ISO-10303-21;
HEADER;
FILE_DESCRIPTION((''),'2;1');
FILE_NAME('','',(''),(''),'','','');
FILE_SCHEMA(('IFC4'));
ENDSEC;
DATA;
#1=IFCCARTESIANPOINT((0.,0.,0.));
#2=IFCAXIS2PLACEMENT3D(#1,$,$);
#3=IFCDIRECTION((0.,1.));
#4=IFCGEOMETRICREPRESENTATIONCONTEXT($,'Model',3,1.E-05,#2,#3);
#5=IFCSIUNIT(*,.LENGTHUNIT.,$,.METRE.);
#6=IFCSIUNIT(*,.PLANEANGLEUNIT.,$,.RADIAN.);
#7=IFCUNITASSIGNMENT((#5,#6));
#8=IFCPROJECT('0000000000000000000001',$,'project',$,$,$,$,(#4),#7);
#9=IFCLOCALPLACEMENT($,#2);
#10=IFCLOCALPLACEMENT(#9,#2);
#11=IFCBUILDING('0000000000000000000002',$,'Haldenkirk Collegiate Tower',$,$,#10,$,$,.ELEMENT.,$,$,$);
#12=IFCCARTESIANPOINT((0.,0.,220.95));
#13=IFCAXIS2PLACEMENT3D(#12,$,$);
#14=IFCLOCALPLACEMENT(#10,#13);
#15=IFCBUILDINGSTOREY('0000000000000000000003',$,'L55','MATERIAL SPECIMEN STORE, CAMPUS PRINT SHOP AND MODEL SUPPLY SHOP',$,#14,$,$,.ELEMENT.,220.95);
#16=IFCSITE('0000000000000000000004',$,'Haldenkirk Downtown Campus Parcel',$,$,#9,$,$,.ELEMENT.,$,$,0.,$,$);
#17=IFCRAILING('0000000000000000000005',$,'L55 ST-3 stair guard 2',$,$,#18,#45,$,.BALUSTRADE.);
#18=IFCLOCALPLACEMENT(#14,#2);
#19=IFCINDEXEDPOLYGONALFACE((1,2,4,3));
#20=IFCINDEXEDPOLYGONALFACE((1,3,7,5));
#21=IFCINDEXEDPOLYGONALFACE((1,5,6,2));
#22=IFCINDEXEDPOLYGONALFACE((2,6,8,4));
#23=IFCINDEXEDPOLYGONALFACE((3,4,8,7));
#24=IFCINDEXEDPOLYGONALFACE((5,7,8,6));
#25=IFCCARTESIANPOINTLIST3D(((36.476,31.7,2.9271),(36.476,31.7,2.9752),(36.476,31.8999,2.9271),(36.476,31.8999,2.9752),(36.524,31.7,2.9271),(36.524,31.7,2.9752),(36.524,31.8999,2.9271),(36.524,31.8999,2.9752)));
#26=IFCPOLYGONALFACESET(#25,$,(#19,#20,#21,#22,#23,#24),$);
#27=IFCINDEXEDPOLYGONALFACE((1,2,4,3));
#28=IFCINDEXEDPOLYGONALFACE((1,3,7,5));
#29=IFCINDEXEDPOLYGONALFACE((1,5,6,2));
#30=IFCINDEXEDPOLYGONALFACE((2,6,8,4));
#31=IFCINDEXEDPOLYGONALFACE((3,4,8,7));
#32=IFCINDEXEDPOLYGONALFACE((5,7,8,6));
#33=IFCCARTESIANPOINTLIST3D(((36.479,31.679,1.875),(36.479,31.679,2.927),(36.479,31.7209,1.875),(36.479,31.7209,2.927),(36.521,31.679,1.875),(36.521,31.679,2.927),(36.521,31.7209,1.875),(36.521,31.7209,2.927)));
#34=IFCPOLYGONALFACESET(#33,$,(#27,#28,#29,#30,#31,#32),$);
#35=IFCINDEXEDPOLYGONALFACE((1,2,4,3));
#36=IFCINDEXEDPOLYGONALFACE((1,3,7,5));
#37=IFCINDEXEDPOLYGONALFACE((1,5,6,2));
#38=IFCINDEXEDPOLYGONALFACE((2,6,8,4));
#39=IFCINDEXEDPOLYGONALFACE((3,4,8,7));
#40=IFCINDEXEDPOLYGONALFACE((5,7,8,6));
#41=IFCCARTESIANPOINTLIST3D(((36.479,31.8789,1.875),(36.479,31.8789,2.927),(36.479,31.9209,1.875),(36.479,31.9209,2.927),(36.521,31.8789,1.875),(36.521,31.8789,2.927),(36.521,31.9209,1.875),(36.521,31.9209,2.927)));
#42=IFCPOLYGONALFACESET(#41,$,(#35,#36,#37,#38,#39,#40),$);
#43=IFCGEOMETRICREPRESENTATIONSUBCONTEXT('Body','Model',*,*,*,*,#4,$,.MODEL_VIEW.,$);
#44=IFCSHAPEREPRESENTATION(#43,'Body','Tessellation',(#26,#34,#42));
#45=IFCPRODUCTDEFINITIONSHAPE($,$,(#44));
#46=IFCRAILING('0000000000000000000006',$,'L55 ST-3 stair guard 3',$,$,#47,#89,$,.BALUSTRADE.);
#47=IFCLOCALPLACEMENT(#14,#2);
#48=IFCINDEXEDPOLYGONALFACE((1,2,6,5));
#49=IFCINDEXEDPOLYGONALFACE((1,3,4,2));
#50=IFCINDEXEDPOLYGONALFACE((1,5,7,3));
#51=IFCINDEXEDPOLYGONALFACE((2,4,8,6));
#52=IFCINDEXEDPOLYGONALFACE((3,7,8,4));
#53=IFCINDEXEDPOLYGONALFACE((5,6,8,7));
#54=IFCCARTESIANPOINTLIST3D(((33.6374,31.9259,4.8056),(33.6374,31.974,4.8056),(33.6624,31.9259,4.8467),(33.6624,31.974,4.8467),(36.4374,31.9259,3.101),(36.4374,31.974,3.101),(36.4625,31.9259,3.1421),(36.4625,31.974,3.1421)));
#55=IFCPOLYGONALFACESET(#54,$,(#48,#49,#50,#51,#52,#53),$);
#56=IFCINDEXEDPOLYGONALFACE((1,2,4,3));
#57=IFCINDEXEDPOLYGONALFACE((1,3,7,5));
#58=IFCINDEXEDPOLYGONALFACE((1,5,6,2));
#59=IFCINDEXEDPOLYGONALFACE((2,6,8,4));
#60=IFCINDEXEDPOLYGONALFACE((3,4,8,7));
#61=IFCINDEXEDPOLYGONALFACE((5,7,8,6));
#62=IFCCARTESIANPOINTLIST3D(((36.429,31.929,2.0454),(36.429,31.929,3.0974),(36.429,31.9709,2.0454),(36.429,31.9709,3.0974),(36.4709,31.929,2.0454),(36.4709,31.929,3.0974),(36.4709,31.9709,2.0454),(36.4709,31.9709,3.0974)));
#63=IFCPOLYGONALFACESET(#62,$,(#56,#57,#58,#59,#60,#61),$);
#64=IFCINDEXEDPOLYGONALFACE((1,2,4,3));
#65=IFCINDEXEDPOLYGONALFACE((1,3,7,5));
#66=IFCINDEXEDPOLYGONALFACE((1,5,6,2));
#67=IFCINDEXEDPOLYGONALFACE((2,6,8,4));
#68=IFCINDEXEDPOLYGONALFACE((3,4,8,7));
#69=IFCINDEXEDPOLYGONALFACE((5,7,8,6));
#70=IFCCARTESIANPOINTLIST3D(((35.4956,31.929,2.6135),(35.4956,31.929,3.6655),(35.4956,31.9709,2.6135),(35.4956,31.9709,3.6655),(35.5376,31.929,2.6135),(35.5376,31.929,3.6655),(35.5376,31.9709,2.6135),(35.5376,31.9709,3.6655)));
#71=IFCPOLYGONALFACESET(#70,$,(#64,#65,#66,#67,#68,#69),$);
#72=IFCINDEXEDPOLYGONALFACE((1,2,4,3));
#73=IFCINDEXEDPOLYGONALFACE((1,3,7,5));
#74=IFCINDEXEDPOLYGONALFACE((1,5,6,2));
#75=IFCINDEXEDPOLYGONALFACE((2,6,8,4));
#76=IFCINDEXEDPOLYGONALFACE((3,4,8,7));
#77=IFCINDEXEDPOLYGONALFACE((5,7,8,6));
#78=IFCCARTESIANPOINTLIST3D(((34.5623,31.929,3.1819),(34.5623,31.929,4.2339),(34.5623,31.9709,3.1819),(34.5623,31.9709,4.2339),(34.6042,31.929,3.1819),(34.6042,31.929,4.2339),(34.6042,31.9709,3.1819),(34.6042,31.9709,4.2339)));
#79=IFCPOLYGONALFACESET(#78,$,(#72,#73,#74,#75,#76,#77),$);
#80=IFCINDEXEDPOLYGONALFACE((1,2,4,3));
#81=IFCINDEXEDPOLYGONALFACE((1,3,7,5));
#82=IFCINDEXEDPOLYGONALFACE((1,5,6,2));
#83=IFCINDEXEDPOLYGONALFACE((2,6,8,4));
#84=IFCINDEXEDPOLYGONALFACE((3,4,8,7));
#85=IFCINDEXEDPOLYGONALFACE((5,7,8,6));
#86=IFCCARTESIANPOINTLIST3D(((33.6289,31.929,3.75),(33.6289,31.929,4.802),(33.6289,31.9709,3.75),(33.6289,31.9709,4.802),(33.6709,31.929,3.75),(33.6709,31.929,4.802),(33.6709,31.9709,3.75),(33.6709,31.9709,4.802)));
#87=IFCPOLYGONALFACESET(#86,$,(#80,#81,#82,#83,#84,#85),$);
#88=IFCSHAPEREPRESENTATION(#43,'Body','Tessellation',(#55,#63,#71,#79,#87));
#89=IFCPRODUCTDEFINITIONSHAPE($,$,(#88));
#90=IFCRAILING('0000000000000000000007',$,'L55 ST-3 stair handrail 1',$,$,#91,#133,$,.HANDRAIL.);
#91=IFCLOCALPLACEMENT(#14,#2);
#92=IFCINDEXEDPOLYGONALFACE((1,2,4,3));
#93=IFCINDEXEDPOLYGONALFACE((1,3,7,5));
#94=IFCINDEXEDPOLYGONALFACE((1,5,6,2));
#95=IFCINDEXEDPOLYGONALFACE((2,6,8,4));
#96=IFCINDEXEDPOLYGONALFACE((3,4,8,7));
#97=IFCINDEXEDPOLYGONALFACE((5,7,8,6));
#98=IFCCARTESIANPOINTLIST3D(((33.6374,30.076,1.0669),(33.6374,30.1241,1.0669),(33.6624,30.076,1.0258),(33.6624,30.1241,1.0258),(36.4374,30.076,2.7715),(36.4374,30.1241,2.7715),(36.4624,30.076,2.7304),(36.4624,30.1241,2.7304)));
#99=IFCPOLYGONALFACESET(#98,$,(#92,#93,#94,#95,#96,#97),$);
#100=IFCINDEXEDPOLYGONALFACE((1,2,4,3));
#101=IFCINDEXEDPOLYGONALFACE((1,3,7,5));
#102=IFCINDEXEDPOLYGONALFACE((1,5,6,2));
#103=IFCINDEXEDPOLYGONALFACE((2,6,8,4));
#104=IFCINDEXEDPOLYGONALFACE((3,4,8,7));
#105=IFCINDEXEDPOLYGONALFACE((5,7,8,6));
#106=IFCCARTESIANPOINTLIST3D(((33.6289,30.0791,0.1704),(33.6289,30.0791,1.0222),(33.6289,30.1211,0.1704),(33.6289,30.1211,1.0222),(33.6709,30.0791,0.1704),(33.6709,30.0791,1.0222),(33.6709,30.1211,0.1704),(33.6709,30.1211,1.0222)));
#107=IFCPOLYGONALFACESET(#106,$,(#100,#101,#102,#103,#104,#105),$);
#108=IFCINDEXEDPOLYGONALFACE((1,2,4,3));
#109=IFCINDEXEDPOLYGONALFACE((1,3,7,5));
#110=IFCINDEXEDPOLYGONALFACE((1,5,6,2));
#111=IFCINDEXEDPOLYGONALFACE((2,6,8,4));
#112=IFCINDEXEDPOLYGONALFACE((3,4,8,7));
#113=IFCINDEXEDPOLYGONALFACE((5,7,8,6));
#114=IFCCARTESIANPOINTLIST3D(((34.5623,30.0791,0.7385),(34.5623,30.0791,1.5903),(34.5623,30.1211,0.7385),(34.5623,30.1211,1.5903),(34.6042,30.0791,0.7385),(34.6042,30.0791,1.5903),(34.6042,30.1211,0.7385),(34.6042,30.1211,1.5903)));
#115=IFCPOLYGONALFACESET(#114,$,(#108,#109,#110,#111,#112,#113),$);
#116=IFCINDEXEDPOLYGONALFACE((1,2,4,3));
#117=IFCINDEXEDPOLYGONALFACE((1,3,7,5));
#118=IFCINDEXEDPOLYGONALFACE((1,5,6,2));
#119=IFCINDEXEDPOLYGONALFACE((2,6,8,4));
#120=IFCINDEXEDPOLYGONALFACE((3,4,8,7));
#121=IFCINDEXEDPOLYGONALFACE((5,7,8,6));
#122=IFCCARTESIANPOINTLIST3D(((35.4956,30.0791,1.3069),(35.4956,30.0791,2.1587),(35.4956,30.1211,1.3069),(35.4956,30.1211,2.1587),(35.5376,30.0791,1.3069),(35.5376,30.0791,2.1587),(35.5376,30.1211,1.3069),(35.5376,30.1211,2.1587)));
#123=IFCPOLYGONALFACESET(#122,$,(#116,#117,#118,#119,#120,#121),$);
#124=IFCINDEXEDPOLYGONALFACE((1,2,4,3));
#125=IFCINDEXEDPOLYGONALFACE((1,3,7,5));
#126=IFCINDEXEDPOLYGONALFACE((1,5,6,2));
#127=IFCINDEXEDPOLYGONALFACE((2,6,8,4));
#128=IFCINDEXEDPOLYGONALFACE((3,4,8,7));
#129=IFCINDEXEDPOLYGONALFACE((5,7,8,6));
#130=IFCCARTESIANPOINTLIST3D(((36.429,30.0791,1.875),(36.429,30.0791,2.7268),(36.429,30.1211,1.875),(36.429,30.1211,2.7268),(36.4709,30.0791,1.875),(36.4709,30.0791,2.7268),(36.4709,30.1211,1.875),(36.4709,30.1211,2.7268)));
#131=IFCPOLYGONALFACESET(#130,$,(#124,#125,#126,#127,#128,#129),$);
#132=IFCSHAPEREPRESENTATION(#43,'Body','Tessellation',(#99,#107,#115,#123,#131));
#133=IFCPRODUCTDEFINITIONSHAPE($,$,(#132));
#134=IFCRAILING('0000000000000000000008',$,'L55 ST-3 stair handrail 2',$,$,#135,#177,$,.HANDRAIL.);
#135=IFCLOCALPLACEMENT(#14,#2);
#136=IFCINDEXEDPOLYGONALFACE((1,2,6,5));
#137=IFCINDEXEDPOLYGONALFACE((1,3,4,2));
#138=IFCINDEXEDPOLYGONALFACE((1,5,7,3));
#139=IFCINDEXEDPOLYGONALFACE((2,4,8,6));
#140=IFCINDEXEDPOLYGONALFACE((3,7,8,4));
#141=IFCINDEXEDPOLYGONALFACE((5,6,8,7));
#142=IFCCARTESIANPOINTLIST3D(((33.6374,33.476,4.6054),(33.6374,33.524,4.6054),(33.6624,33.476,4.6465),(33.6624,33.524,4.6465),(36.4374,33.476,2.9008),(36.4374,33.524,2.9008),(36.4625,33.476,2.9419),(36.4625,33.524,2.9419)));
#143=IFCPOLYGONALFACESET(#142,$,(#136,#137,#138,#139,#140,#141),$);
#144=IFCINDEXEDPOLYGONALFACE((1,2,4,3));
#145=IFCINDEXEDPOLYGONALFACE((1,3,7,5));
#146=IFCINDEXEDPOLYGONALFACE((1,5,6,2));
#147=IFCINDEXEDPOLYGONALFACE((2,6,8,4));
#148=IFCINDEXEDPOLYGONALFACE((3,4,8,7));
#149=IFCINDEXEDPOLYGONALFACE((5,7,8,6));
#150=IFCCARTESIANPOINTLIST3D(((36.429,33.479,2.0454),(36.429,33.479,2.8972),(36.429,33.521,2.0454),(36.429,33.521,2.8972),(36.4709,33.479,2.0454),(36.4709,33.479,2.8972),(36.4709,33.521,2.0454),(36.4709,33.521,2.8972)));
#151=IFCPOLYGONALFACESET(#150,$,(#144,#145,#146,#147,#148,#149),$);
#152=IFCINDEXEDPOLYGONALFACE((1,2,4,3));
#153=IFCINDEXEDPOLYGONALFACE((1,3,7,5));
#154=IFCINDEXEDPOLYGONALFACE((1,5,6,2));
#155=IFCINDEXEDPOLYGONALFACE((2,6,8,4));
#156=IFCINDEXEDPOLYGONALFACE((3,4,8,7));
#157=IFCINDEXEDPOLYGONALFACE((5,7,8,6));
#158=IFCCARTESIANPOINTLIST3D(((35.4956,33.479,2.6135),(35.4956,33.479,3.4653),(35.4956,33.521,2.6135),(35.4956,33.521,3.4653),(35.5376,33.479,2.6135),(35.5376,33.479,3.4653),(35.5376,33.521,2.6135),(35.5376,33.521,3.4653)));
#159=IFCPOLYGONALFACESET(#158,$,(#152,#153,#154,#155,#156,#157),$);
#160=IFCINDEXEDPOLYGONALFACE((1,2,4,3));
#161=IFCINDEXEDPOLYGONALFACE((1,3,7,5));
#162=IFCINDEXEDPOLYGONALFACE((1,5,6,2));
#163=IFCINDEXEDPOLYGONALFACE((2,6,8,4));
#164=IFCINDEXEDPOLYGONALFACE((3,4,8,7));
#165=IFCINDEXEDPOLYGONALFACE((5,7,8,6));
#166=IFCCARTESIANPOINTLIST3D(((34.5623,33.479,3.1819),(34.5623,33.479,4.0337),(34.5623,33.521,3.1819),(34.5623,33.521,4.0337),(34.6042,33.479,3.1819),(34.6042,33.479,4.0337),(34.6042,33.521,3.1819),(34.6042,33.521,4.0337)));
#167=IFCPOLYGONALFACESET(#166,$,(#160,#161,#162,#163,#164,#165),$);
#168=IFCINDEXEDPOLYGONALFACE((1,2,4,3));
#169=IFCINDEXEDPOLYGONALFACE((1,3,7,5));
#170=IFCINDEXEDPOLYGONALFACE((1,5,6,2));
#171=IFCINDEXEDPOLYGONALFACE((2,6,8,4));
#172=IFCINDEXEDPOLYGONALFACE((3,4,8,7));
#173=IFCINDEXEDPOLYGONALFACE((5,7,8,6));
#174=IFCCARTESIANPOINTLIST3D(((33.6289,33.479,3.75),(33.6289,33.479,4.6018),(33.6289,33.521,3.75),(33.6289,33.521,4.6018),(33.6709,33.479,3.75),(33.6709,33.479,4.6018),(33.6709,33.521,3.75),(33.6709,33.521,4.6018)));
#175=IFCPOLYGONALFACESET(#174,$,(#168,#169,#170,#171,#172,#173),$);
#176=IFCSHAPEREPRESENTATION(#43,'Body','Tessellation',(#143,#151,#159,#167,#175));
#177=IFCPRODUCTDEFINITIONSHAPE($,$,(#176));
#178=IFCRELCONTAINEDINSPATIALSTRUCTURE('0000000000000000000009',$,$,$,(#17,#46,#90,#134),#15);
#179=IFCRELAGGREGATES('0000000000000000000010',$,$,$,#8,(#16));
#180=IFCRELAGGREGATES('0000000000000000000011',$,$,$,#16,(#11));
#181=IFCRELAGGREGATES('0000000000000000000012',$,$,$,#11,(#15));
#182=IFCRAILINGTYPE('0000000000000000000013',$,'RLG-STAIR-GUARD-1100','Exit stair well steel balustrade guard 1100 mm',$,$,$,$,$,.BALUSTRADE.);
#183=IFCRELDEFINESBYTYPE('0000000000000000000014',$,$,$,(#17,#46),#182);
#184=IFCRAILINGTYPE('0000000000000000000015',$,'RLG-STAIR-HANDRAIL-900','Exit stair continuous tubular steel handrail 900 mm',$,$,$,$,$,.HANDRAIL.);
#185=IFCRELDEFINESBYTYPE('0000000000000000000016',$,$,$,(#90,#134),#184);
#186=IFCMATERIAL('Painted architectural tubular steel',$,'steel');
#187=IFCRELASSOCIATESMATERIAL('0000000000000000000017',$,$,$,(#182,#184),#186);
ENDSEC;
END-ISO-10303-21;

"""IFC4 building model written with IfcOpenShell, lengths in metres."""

from ifc_helpers import new_model, si_unit, direction, frame, origin, origin_2d, place, context, subcontext, project, spatial, rectangle, extrude, material, type_object, element, save


model = new_model("IFC4")

# Units and contexts
model_context = context("Model", 3, precision=1e-05, world=origin(), true_north=direction((0.0, 1.0)))
body_context = subcontext(model_context, "Body", "Model", "MODEL_VIEW")
ifc_project = project(units=[si_unit("LENGTHUNIT", "METRE"), si_unit("PLANEANGLEUNIT", "RADIAN")], contexts=[model_context])

# Site, building, storey
site_placement = place(None, origin())
site = spatial("IfcSite", under=ifc_project, at=site_placement, Name="Haldenkirk Downtown Campus Parcel", CompositionType="ELEMENT", RefElevation=0.0)
building_placement = place(site_placement, origin())
building = spatial("IfcBuilding", under=site, at=building_placement, Name="Haldenkirk Collegiate Tower", CompositionType="ELEMENT")
storey_placement = place(building_placement, frame((0.0, 0.0, 220.95)))
storey = spatial("IfcBuildingStorey", under=building, at=storey_placement, Name="L55", Description="MATERIAL SPECIMEN STORE, CAMPUS PRINT SHOP AND MODEL SUPPLY SHOP", CompositionType="ELEMENT", Elevation=220.95)

# Railings
ifc_material_1 = material(Name="Painted architectural tubular steel", Category="steel")
railing_type_1 = type_object("IfcRailingType", Name="RLG-STAIR-GUARD-1100", Description="Exit stair well steel balustrade guard 1100 mm", PredefinedType="BALUSTRADE", material=ifc_material_1)
railing_1_placement = place(storey_placement, frame((36.5, 31.7, 1.875)))
element("IfcRailing", 1, at=railing_1_placement, inside=storey, type_object=railing_type_1, Name="L55 ST-3 stair guard 2", PredefinedType="BALUSTRADE", context=body_context, shape_type="SweptSolid", body=[
    extrude(rectangle(XDim=0.0481, YDim=0.0481, at=origin_2d()), frame((0.0, 0.0, 1.0762), z_axis=(0.0, 1.0, 0.0), x_axis=(-1.0, 0.0, 0.0)), (0.0, 0.0, 1.0), 0.2),
    extrude(rectangle(XDim=0.042, YDim=0.042, at=origin_2d()), origin(), (0.0, 0.0, 1.0), 1.052),
    extrude(rectangle(XDim=0.042, YDim=0.042, at=origin_2d()), frame((0.0, 0.2, 0.0)), (0.0, 0.0, 1.0), 1.052),
])
railing_2_placement = place(storey_placement, frame((36.45, 31.95, 2.0454)))
element("IfcRailing", 2, at=railing_2_placement, inside=storey, type_object=railing_type_1, Name="L55 ST-3 stair guard 3", PredefinedType="BALUSTRADE", context=body_context, shape_type="SweptSolid", body=[
    extrude(rectangle(XDim=0.0481, YDim=0.0481, at=origin_2d()), frame((0.0, 0.0, 1.0762), z_axis=(-0.85417, 0.0, 0.519994), x_axis=(0.0, -1.0, 0.0)), (0.0, 0.0, 1.0), 3.2781),
    extrude(rectangle(XDim=0.042, YDim=0.042, at=origin_2d()), origin(), (0.0, 0.0, 1.0), 1.052),
    extrude(rectangle(XDim=0.042, YDim=0.042, at=origin_2d()), frame((-0.9333, 0.0, 0.5681)), (0.0, 0.0, 1.0), 1.052),
    extrude(rectangle(XDim=0.042, YDim=0.042, at=origin_2d()), frame((-1.8667, 0.0, 1.1365)), (0.0, 0.0, 1.0), 1.052),
    extrude(rectangle(XDim=0.042, YDim=0.042, at=origin_2d()), frame((-2.8, 0.0, 1.7046)), (0.0, 0.0, 1.0), 1.052),
])
railing_type_2 = type_object("IfcRailingType", Name="RLG-STAIR-HANDRAIL-900", Description="Exit stair continuous tubular steel handrail 900 mm", PredefinedType="HANDRAIL", material=ifc_material_1)
railing_3_placement = place(storey_placement, frame((33.6499, 30.1001, 0.1704)))
element("IfcRailing", 3, at=railing_3_placement, inside=storey, type_object=railing_type_2, Name="L55 ST-3 stair handrail 1", PredefinedType="HANDRAIL", context=body_context, shape_type="SweptSolid", body=[
    extrude(rectangle(XDim=0.0481, YDim=0.0481, at=origin_2d()), frame((0.0, 0.0, 0.876), z_axis=(0.85417, 0.0, 0.519994), x_axis=(0.0, 1.0, 0.0)), (0.0, 0.0, 1.0), 3.2781),
    extrude(rectangle(XDim=0.042, YDim=0.042, at=origin_2d()), origin(), (0.0, 0.0, 1.0), 0.8518),
    extrude(rectangle(XDim=0.042, YDim=0.042, at=origin_2d()), frame((0.9333, 0.0, 0.5681)), (0.0, 0.0, 1.0), 0.8518),
    extrude(rectangle(XDim=0.042, YDim=0.042, at=origin_2d()), frame((1.8667, 0.0, 1.1365)), (0.0, 0.0, 1.0), 0.8518),
    extrude(rectangle(XDim=0.042, YDim=0.042, at=origin_2d()), frame((2.8, 0.0, 1.7046)), (0.0, 0.0, 1.0), 0.8518),
])
railing_4_placement = place(storey_placement, frame((36.45, 33.5, 2.0454)))
element("IfcRailing", 4, at=railing_4_placement, inside=storey, type_object=railing_type_2, Name="L55 ST-3 stair handrail 2", PredefinedType="HANDRAIL", context=body_context, shape_type="SweptSolid", body=[
    extrude(rectangle(XDim=0.0481, YDim=0.0481, at=origin_2d()), frame((0.0, 0.0, 0.876), z_axis=(-0.85417, 0.0, 0.519994), x_axis=(0.0, -1.0, 0.0)), (0.0, 0.0, 1.0), 3.2781),
    extrude(rectangle(XDim=0.042, YDim=0.042, at=origin_2d()), origin(), (0.0, 0.0, 1.0), 0.8518),
    extrude(rectangle(XDim=0.042, YDim=0.042, at=origin_2d()), frame((-0.9333, 0.0, 0.5681)), (0.0, 0.0, 1.0), 0.8518),
    extrude(rectangle(XDim=0.042, YDim=0.042, at=origin_2d()), frame((-1.8667, 0.0, 1.1365)), (0.0, 0.0, 1.0), 0.8518),
    extrude(rectangle(XDim=0.042, YDim=0.042, at=origin_2d()), frame((-2.8, 0.0, 1.7046)), (0.0, 0.0, 1.0), 0.8518),
])

save(model, "model.ifc")
